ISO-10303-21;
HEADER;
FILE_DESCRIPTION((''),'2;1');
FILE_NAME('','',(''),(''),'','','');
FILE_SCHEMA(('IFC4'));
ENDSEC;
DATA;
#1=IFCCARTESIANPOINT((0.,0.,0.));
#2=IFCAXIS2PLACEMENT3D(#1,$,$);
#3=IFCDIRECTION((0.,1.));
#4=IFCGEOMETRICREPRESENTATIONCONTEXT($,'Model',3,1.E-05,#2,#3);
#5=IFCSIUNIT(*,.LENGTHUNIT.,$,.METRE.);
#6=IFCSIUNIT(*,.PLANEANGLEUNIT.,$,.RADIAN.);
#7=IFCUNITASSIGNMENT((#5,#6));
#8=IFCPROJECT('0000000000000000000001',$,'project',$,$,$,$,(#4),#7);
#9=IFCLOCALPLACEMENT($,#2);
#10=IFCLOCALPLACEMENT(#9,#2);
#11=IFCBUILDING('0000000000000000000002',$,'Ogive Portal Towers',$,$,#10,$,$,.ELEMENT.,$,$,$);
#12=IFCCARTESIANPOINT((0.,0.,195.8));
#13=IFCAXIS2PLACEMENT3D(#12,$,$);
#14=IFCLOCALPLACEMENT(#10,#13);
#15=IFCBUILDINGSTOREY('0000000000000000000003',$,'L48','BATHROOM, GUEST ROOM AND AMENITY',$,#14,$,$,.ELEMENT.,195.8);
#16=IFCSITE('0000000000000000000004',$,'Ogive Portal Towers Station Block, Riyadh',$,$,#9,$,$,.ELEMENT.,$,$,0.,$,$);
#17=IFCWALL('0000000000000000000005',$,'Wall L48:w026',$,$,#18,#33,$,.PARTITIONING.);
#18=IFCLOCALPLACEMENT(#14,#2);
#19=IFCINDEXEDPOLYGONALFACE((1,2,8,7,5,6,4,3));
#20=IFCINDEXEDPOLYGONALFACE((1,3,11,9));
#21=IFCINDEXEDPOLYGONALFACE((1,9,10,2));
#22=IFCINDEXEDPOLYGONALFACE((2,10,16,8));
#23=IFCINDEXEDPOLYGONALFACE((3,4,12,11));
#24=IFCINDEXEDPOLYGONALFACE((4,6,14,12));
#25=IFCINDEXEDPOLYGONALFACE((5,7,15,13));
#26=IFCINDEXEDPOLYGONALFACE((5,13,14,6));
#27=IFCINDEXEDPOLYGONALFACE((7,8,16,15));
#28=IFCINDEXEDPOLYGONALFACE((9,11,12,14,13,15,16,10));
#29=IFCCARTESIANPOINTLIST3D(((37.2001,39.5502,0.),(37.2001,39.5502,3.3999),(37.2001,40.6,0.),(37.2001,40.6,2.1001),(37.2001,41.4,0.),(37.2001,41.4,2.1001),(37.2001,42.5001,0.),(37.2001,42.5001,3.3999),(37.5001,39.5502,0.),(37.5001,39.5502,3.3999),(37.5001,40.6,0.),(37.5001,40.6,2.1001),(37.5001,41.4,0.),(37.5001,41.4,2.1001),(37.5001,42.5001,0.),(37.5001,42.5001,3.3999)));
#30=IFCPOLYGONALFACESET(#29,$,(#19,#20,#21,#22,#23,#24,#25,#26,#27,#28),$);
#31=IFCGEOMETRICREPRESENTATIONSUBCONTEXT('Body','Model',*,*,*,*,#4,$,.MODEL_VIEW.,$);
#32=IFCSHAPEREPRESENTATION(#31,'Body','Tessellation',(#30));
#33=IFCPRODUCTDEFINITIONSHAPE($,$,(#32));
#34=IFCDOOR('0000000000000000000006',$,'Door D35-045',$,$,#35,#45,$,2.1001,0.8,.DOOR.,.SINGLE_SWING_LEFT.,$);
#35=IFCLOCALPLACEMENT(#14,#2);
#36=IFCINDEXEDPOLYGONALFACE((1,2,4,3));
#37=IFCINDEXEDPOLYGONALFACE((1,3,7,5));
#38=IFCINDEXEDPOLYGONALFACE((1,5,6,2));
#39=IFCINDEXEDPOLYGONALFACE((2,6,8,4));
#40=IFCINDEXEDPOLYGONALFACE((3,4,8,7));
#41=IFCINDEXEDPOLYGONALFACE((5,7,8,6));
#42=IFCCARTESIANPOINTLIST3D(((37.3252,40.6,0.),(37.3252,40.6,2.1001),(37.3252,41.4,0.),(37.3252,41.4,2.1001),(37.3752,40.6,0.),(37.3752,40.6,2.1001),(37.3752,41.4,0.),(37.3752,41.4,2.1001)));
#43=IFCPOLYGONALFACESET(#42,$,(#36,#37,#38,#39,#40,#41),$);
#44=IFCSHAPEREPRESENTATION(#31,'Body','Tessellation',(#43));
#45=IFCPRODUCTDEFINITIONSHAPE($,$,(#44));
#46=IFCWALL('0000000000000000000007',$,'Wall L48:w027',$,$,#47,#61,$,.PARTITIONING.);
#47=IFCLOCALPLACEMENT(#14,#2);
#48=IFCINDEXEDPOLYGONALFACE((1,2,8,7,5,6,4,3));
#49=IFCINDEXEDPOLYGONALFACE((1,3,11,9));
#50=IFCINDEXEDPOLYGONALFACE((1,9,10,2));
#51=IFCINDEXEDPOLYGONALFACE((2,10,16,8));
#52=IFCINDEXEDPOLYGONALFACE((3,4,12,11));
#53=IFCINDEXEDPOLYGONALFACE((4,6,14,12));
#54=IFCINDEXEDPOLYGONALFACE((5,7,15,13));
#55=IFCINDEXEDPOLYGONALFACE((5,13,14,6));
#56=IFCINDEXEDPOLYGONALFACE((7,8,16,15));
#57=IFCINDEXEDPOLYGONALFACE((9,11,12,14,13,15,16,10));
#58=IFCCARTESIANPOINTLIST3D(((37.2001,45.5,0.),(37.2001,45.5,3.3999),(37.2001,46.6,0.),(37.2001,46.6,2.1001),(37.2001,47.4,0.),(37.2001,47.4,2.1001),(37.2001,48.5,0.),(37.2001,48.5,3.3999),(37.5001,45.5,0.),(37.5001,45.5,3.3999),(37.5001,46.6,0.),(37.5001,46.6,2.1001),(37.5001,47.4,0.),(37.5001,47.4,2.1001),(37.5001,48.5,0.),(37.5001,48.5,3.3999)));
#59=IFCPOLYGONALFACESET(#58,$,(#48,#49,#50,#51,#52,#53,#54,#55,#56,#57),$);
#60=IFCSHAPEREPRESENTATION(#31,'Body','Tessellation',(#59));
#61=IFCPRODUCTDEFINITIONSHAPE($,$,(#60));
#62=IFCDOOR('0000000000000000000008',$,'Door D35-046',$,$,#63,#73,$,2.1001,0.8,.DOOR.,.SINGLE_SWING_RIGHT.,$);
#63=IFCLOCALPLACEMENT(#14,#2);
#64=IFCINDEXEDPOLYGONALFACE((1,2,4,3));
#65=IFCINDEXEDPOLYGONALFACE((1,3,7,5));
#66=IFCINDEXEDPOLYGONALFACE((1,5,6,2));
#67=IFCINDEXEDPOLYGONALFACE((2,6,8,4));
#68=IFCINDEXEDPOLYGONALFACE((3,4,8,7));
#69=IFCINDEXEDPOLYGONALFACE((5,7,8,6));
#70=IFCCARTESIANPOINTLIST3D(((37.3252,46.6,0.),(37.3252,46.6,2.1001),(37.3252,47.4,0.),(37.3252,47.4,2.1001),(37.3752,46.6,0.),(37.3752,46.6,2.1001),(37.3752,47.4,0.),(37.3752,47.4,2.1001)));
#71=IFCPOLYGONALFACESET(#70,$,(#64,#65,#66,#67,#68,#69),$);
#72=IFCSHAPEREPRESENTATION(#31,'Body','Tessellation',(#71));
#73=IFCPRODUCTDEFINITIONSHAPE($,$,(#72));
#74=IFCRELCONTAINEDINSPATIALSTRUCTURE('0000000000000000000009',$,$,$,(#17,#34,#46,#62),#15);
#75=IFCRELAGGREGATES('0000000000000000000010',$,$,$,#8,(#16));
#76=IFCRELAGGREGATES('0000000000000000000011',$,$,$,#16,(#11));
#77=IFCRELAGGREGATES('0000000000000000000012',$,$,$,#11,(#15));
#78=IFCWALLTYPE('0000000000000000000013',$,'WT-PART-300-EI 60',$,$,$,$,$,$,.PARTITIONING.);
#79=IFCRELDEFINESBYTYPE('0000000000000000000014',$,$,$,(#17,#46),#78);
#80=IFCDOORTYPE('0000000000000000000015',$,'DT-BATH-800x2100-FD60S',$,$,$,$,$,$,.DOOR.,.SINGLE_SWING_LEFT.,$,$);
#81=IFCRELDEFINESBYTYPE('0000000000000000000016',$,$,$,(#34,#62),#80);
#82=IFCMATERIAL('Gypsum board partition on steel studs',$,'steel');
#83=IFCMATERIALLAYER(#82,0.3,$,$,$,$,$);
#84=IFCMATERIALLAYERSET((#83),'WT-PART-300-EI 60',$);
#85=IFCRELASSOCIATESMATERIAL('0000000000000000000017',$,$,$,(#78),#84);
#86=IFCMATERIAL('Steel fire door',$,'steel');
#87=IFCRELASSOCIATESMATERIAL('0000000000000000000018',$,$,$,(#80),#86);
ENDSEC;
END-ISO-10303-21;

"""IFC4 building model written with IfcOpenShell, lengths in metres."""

from ifc_helpers import new_model, si_unit, direction, frame, frame_2d, origin, place, context, subcontext, project, spatial, rectangle, extrude, material, layer, layer_set, type_object, element, fill, save


model = new_model("IFC4")

# Units and contexts
model_context = context("Model", 3, precision=1e-05, world=origin(), true_north=direction((0.0, 1.0)))
body_context = subcontext(model_context, "Body", "Model", "MODEL_VIEW")
ifc_project = project(units=[si_unit("LENGTHUNIT", "METRE"), si_unit("PLANEANGLEUNIT", "RADIAN")], contexts=[model_context])

# Site, building, storey
site_placement = place(None, origin())
site = spatial("IfcSite", under=ifc_project, at=site_placement, Name="Ogive Portal Towers Station Block, Riyadh", CompositionType="ELEMENT", RefElevation=0.0)
building_placement = place(site_placement, origin())
building = spatial("IfcBuilding", under=site, at=building_placement, Name="Ogive Portal Towers", CompositionType="ELEMENT")
storey_placement = place(building_placement, frame((0.0, 0.0, 195.8)))
storey = spatial("IfcBuildingStorey", under=building, at=storey_placement, Name="L48", Description="BATHROOM, GUEST ROOM AND AMENITY", CompositionType="ELEMENT", Elevation=195.8)

# Shared definitions
ifc_material_1 = material(Name="Steel fire door", Category="steel")

# Shared definitions
ifc_material_2 = material(Name="Gypsum board partition on steel studs", Category="steel")
ifc_layer_1 = layer(ifc_material_2, 0.3)
ifc_layer_set_1 = layer_set([ifc_layer_1], Name="WT-PART-300-EI 60")
wall_type_1 = type_object("IfcWallType", Name="WT-PART-300-EI 60", PredefinedType="PARTITIONING", material=ifc_layer_set_1)

# Walls, openings, doors
wall_1_placement = place(storey_placement, frame((37.3501, 39.55, 0.0), z_axis=(0.0, 0.0, 1.0), x_axis=(0.0, 1.0, 0.0)))
wall_1 = element("IfcWall", 1, at=wall_1_placement, inside=storey, type_object=wall_type_1, Name="Wall L48:w026", PredefinedType="PARTITIONING", context=body_context, shape_type="SweptSolid", body=[
    extrude(rectangle(XDim=2.95, YDim=0.3, at=frame_2d((1.4751, 0.0))), origin(), (0.0, 0.0, 1.0), 3.3999),
])
opening_1_placement = place(wall_1_placement, frame((1.05, 0.0, 0.0)))
opening_1 = element("IfcOpeningElement", 2, at=opening_1_placement, cuts=wall_1, PredefinedType="OPENING", context=body_context, shape_type="SweptSolid", body=[
    extrude(rectangle(XDim=0.8, YDim=2.1001, at=frame_2d((0.3999, 1.05))), frame((0.0, 0.1602, 0.0), z_axis=(0.0, -1.0, 0.0), x_axis=(1.0, 0.0, 0.0)), (0.0, 0.0, 1.0), 0.3201),
])
door_type_1 = type_object("IfcDoorType", Name="DT-BATH-800x2100-FD60S", OperationType="SINGLE_SWING_LEFT", PredefinedType="DOOR", material=ifc_material_1)
door_1_placement = place(opening_1_placement, origin())
door_1 = element("IfcDoor", 3, at=door_1_placement, inside=storey, type_object=door_type_1, Name="Door D35-045", OperationType="SINGLE_SWING_LEFT", OverallHeight=2.1001, OverallWidth=0.8, PredefinedType="DOOR", context=body_context, shape_type="SweptSolid", body=[
    extrude(rectangle(XDim=0.8, YDim=2.1001, at=frame_2d((0.3999, 1.05))), frame((0.0, 0.0249, 0.0), z_axis=(0.0, -1.0, 0.0), x_axis=(1.0, 0.0, 0.0)), (0.0, 0.0, 1.0), 0.05),
])
fill(opening_1, door_1)
wall_2_placement = place(storey_placement, frame((37.3501, 45.5, 0.0), z_axis=(0.0, 0.0, 1.0), x_axis=(0.0, 1.0, 0.0)))
wall_2 = element("IfcWall", 4, at=wall_2_placement, inside=storey, type_object=wall_type_1, Name="Wall L48:w027", PredefinedType="PARTITIONING", context=body_context, shape_type="SweptSolid", body=[
    extrude(rectangle(XDim=3.0, YDim=0.3, at=frame_2d((1.5, 0.0))), origin(), (0.0, 0.0, 1.0), 3.3999),
])
opening_2_placement = place(wall_2_placement, frame((1.1001, 0.0, 0.0)))
opening_2 = element("IfcOpeningElement", 5, at=opening_2_placement, cuts=wall_2, PredefinedType="OPENING", context=body_context, shape_type="SweptSolid", body=[
    extrude(rectangle(XDim=0.8, YDim=2.1001, at=frame_2d((0.3999, 1.05))), frame((0.0, 0.1602, 0.0), z_axis=(0.0, -1.0, 0.0), x_axis=(1.0, 0.0, 0.0)), (0.0, 0.0, 1.0), 0.3201),
])
door_2_placement = place(opening_2_placement, origin())
door_2 = element("IfcDoor", 6, at=door_2_placement, inside=storey, type_object=door_type_1, Name="Door D35-046", OperationType="SINGLE_SWING_RIGHT", OverallHeight=2.1001, OverallWidth=0.8, PredefinedType="DOOR", context=body_context, shape_type="SweptSolid", body=[
    extrude(rectangle(XDim=0.8, YDim=2.1001, at=frame_2d((0.3999, 1.05))), frame((0.0, 0.0249, 0.0), z_axis=(0.0, -1.0, 0.0), x_axis=(1.0, 0.0, 0.0)), (0.0, 0.0, 1.0), 0.05),
])
fill(opening_2, door_2)

save(model, "model.ifc")
